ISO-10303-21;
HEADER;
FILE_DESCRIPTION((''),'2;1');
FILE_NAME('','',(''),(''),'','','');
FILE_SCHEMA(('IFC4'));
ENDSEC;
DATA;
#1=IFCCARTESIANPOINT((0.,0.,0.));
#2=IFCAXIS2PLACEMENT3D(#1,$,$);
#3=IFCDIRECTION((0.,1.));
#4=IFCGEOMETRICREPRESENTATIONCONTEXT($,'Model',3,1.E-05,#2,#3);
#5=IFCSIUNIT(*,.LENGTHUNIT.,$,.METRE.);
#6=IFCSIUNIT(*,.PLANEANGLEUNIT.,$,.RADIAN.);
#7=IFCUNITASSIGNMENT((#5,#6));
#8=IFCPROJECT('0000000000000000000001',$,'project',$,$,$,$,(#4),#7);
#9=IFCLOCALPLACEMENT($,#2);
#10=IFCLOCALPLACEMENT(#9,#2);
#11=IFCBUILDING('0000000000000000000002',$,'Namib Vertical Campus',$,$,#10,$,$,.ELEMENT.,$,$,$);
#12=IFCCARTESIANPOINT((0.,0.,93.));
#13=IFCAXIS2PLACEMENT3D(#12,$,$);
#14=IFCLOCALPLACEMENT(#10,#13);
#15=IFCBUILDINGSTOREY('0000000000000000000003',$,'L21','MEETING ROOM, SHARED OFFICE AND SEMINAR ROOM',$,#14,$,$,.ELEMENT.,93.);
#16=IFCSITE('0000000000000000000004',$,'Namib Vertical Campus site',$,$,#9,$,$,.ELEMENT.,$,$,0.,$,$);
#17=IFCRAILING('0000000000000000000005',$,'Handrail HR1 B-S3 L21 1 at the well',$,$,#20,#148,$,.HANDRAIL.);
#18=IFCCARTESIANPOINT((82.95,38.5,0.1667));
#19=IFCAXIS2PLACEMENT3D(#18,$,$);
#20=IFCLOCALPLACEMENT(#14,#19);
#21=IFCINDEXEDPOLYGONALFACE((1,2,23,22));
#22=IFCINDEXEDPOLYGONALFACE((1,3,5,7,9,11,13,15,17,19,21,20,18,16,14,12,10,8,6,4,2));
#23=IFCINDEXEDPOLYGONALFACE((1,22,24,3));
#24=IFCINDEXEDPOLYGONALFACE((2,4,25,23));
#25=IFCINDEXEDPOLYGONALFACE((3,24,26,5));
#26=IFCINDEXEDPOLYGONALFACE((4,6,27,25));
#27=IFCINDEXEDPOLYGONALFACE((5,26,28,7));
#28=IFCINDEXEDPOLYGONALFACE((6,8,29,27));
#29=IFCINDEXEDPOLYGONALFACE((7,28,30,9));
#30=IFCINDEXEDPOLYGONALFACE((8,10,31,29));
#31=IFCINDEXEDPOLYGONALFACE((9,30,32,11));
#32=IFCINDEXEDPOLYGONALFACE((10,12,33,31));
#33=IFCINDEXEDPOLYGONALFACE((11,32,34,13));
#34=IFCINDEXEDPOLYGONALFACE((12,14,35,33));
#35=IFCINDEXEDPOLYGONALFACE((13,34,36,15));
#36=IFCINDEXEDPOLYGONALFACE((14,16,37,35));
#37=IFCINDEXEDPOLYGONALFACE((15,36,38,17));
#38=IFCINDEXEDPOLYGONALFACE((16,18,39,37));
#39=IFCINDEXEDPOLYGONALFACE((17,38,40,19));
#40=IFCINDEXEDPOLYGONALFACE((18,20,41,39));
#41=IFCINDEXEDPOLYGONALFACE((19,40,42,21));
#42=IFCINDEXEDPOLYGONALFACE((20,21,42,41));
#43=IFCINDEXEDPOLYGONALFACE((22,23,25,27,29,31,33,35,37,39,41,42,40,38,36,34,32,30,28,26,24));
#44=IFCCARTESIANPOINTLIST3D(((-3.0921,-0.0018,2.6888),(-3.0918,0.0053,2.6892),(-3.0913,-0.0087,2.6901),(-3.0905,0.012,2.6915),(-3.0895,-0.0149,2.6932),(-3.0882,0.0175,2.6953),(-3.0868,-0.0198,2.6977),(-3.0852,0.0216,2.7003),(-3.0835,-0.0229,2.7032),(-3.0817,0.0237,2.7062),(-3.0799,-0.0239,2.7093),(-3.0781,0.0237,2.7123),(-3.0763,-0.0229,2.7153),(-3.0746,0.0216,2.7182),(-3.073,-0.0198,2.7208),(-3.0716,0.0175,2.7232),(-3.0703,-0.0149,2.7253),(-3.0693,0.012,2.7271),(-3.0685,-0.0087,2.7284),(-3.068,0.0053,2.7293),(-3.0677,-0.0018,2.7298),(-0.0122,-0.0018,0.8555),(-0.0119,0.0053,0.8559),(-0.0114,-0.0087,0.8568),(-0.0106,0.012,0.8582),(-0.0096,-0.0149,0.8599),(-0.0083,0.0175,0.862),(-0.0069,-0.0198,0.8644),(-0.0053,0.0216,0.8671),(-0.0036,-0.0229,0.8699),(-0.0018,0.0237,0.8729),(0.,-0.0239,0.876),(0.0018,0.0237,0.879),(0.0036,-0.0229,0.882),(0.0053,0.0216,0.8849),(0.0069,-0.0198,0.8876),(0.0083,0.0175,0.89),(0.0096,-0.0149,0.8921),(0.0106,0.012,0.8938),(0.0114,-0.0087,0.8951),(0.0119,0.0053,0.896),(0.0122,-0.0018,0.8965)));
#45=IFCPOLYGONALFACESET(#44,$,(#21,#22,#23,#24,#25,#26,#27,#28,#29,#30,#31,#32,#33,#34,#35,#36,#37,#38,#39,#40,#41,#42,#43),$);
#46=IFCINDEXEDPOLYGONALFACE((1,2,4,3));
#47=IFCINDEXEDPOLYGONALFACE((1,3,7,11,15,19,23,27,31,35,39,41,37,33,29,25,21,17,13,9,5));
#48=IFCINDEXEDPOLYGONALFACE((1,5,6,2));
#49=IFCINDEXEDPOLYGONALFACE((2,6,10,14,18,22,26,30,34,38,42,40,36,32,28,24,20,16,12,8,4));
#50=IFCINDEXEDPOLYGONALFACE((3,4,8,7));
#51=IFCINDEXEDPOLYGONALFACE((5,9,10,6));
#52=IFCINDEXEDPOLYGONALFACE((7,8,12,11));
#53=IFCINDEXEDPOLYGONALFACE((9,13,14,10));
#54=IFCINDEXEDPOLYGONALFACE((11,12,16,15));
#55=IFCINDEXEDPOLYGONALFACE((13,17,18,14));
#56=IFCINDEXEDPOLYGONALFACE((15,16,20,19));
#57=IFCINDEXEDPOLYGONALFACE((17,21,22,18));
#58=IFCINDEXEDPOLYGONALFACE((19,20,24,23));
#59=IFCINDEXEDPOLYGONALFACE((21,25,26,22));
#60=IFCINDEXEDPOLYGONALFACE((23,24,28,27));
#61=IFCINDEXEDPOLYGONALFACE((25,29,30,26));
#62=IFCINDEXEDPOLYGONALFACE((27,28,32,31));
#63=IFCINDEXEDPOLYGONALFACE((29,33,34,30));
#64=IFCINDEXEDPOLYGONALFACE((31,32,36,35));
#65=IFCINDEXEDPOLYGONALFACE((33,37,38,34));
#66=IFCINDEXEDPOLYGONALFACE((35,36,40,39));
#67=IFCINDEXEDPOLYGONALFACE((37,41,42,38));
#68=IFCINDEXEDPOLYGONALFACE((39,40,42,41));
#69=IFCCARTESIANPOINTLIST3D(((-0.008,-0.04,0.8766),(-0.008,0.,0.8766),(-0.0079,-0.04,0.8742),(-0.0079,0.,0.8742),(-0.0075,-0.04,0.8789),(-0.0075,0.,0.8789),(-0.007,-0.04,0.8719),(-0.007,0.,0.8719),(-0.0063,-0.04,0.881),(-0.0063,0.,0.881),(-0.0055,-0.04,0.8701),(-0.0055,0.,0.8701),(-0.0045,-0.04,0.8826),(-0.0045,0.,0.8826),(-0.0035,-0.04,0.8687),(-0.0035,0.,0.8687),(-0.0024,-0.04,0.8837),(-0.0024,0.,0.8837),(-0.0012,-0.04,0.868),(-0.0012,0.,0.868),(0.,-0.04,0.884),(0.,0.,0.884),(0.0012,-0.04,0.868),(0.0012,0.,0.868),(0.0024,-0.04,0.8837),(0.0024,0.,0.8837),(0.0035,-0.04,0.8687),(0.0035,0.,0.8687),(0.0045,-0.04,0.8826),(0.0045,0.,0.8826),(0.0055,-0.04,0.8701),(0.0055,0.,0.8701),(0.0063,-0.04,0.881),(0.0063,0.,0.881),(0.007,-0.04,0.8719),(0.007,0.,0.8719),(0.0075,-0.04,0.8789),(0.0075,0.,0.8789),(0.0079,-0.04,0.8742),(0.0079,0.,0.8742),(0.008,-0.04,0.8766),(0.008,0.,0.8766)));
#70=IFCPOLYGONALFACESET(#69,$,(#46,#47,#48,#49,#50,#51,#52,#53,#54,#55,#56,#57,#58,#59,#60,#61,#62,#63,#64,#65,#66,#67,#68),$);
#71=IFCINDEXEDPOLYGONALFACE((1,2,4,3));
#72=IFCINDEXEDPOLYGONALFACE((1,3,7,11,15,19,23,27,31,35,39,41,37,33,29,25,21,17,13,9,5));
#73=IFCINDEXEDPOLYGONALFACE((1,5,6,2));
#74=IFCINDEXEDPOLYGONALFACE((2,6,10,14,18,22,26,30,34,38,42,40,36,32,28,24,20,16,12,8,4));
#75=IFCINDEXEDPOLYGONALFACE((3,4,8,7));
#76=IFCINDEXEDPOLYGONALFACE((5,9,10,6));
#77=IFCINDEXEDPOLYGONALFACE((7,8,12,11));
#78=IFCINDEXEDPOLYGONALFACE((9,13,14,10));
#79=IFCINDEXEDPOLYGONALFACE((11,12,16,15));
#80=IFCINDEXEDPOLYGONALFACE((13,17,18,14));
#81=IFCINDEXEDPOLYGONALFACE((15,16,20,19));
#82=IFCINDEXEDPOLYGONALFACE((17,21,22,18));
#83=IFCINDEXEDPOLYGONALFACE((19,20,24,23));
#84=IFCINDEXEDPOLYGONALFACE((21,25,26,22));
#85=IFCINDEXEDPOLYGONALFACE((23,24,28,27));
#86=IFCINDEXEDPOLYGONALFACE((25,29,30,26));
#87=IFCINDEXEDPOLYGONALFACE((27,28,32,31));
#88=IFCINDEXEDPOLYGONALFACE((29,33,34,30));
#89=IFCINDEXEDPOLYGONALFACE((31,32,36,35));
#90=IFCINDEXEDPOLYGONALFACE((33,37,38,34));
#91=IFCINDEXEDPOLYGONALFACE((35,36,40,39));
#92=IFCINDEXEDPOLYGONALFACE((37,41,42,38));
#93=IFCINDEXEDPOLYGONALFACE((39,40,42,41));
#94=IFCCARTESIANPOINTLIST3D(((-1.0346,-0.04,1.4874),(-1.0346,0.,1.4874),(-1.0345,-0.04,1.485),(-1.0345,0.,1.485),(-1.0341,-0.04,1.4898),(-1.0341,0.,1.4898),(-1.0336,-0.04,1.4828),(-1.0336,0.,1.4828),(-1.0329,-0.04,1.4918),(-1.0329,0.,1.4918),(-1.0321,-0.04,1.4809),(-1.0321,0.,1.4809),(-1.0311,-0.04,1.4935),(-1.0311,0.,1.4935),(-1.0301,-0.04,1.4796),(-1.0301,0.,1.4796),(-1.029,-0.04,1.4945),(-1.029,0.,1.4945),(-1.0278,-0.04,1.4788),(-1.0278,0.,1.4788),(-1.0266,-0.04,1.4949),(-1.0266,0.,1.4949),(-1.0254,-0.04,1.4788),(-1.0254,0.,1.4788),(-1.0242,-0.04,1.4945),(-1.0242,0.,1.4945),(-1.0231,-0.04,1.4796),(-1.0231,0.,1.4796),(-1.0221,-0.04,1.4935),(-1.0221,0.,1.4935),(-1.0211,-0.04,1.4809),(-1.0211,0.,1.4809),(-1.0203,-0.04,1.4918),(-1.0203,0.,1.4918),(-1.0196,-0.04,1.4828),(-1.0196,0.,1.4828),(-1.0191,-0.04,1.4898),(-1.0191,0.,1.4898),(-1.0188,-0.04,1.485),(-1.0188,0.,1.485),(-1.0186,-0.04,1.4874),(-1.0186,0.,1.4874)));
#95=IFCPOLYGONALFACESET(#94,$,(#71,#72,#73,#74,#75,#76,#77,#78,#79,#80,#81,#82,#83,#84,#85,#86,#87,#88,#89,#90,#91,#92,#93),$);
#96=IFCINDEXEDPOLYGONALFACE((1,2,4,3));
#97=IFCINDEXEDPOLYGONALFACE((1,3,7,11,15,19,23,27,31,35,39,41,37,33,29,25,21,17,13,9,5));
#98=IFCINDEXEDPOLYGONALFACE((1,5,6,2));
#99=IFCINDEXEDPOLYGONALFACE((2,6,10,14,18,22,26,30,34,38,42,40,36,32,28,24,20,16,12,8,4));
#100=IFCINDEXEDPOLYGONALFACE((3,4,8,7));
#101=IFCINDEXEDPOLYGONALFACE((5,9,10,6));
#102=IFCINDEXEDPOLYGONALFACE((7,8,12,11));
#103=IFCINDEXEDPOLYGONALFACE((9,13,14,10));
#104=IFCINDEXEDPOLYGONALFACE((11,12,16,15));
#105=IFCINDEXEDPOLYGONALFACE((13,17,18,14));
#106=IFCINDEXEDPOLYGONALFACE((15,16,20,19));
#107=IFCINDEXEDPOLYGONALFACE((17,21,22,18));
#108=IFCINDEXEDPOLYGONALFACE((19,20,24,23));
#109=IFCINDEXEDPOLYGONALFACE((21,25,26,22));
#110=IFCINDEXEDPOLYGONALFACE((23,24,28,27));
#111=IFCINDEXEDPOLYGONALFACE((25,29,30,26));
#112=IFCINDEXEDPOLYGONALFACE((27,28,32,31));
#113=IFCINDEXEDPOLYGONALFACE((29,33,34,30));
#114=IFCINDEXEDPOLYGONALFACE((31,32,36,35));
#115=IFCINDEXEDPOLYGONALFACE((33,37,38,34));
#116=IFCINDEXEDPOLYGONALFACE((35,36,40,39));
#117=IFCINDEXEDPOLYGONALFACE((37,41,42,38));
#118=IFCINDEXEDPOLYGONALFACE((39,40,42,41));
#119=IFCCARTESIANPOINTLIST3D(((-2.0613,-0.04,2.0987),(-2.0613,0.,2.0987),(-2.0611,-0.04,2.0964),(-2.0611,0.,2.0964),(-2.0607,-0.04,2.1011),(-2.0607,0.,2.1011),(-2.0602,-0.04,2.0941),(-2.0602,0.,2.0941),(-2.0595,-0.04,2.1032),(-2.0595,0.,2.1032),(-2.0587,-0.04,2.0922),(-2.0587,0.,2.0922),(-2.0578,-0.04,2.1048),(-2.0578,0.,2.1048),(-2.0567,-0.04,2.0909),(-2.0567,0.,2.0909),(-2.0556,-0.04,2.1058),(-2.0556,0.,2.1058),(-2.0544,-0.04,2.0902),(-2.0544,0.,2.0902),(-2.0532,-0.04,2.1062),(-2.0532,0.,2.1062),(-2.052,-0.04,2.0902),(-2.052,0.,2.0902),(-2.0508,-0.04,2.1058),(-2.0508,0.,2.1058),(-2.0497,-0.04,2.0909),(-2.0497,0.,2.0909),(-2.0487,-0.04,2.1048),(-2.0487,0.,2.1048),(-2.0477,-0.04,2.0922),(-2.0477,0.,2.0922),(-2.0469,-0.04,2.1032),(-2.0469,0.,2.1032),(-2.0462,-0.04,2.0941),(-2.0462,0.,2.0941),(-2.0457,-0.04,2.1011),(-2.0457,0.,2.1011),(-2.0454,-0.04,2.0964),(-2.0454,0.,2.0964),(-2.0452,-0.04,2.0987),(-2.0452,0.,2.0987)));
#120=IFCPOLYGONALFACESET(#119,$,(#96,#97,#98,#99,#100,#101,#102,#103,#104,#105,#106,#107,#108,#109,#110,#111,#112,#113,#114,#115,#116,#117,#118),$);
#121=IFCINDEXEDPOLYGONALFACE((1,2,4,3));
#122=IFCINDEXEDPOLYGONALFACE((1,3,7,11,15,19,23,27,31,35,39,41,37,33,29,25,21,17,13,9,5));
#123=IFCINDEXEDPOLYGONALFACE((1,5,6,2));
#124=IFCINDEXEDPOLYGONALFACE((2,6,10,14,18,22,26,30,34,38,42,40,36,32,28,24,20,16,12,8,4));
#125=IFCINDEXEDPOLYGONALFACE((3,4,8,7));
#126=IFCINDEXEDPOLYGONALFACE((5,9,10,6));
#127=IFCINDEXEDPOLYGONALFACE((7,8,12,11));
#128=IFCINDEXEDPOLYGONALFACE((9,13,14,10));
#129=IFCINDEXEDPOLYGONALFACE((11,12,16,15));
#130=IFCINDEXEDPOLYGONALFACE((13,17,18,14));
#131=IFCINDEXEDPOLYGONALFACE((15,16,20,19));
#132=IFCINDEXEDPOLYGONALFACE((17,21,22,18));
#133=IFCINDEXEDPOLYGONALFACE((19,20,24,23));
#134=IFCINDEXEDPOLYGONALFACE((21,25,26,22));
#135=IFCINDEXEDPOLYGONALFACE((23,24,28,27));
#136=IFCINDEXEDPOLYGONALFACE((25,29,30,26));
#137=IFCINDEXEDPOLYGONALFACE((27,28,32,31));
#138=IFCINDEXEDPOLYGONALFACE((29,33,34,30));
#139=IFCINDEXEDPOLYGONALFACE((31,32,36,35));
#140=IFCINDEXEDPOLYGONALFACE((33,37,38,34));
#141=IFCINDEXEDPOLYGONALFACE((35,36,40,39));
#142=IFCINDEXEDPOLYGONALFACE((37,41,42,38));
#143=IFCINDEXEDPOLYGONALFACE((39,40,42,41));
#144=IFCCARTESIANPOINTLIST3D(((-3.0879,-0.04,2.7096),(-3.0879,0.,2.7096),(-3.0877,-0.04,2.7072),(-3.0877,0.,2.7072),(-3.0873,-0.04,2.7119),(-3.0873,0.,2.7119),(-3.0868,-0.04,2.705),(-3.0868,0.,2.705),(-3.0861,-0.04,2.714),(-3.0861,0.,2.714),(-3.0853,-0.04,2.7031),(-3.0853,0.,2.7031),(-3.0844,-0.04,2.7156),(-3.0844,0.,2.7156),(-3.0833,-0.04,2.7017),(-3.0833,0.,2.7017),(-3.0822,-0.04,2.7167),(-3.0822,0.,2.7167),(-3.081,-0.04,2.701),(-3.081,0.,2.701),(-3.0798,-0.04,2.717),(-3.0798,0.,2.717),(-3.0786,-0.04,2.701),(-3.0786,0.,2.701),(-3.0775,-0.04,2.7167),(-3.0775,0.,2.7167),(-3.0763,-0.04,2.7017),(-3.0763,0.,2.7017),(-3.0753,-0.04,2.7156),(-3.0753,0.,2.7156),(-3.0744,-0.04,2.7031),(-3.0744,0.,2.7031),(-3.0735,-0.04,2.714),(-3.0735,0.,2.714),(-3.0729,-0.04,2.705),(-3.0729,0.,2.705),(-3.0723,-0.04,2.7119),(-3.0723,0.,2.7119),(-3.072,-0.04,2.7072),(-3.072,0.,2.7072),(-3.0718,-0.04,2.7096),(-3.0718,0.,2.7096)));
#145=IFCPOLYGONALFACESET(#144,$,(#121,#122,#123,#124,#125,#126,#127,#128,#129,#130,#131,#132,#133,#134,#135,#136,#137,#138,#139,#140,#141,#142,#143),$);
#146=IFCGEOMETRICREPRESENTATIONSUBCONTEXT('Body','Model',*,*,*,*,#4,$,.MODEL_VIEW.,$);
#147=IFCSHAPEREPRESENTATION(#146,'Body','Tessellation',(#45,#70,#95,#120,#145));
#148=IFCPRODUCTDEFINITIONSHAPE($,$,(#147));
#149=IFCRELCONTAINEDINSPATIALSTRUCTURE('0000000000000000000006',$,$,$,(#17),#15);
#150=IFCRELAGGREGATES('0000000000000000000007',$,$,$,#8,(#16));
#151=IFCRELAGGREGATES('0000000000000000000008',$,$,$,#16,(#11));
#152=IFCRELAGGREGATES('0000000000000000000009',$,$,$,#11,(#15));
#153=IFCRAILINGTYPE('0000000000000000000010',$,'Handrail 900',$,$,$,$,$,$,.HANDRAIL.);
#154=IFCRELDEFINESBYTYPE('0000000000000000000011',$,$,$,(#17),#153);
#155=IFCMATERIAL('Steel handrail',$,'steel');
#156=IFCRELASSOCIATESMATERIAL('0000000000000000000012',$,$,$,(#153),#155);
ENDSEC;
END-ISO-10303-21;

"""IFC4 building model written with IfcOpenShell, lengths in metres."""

from ifc_helpers import new_model, si_unit, direction, frame, origin, origin_2d, place, context, subcontext, project, spatial, circle, extrude, material, type_object, element, save


model = new_model("IFC4")

# Units and contexts
model_context = context("Model", 3, precision=1e-05, world=origin(), true_north=direction((0.0, 1.0)))
body_context = subcontext(model_context, "Body", "Model", "MODEL_VIEW")
ifc_project = project(units=[si_unit("LENGTHUNIT", "METRE"), si_unit("PLANEANGLEUNIT", "RADIAN")], contexts=[model_context])

# Site, building, storey
site_placement = place(None, origin())
site = spatial("IfcSite", under=ifc_project, at=site_placement, Name="Namib Vertical Campus site", CompositionType="ELEMENT", RefElevation=0.0)
building_placement = place(site_placement, origin())
building = spatial("IfcBuilding", under=site, at=building_placement, Name="Namib Vertical Campus", CompositionType="ELEMENT")
storey_placement = place(building_placement, frame((0.0, 0.0, 93.0)))
storey = spatial("IfcBuildingStorey", under=building, at=storey_placement, Name="L21", Description="MEETING ROOM, SHARED OFFICE AND SEMINAR ROOM", CompositionType="ELEMENT", Elevation=93.0)

# Railing
ifc_material_1 = material(Name="Steel handrail", Category="steel")
railing_type_1 = type_object("IfcRailingType", Name="Handrail 900", PredefinedType="HANDRAIL", material=ifc_material_1)
railing_1_placement = place(storey_placement, frame((82.95, 38.5, 0.1667)))
element("IfcRailing", 1, at=railing_1_placement, inside=storey, type_object=railing_type_1, Name="Handrail HR1 B-S3 L21 1 at the well", PredefinedType="HANDRAIL", context=body_context, shape_type="SweptSolid", body=[
    extrude(circle(Radius=0.0239, at=origin_2d()), frame((0.0, 0.0, 0.876), z_axis=(-0.859291, 0.0, 0.511487), x_axis=(0.0, -1.0, 0.0)), (0.0, 0.0, 1.0), 3.5842),
    extrude(circle(Radius=0.0081, at=origin_2d()), frame((0.0, 0.0, 0.876), z_axis=(0.0, -1.0, 0.0), x_axis=(0.0, 0.0, 1.0)), (0.0, 0.0, 1.0), 0.04),
    extrude(circle(Radius=0.0081, at=origin_2d()), frame((-1.0266, 0.0, 1.4868), z_axis=(0.0, -1.0, 0.0), x_axis=(0.0, 0.0, 1.0)), (0.0, 0.0, 1.0), 0.04),
    extrude(circle(Radius=0.0081, at=origin_2d()), frame((-2.0532, 0.0, 2.0981), z_axis=(0.0, -1.0, 0.0), x_axis=(0.0, 0.0, 1.0)), (0.0, 0.0, 1.0), 0.04),
    extrude(circle(Radius=0.0081, at=origin_2d()), frame((-3.0798, 0.0, 2.709), z_axis=(0.0, -1.0, 0.0), x_axis=(0.0, 0.0, 1.0)), (0.0, 0.0, 1.0), 0.04),
])

save(model, "model.ifc")
